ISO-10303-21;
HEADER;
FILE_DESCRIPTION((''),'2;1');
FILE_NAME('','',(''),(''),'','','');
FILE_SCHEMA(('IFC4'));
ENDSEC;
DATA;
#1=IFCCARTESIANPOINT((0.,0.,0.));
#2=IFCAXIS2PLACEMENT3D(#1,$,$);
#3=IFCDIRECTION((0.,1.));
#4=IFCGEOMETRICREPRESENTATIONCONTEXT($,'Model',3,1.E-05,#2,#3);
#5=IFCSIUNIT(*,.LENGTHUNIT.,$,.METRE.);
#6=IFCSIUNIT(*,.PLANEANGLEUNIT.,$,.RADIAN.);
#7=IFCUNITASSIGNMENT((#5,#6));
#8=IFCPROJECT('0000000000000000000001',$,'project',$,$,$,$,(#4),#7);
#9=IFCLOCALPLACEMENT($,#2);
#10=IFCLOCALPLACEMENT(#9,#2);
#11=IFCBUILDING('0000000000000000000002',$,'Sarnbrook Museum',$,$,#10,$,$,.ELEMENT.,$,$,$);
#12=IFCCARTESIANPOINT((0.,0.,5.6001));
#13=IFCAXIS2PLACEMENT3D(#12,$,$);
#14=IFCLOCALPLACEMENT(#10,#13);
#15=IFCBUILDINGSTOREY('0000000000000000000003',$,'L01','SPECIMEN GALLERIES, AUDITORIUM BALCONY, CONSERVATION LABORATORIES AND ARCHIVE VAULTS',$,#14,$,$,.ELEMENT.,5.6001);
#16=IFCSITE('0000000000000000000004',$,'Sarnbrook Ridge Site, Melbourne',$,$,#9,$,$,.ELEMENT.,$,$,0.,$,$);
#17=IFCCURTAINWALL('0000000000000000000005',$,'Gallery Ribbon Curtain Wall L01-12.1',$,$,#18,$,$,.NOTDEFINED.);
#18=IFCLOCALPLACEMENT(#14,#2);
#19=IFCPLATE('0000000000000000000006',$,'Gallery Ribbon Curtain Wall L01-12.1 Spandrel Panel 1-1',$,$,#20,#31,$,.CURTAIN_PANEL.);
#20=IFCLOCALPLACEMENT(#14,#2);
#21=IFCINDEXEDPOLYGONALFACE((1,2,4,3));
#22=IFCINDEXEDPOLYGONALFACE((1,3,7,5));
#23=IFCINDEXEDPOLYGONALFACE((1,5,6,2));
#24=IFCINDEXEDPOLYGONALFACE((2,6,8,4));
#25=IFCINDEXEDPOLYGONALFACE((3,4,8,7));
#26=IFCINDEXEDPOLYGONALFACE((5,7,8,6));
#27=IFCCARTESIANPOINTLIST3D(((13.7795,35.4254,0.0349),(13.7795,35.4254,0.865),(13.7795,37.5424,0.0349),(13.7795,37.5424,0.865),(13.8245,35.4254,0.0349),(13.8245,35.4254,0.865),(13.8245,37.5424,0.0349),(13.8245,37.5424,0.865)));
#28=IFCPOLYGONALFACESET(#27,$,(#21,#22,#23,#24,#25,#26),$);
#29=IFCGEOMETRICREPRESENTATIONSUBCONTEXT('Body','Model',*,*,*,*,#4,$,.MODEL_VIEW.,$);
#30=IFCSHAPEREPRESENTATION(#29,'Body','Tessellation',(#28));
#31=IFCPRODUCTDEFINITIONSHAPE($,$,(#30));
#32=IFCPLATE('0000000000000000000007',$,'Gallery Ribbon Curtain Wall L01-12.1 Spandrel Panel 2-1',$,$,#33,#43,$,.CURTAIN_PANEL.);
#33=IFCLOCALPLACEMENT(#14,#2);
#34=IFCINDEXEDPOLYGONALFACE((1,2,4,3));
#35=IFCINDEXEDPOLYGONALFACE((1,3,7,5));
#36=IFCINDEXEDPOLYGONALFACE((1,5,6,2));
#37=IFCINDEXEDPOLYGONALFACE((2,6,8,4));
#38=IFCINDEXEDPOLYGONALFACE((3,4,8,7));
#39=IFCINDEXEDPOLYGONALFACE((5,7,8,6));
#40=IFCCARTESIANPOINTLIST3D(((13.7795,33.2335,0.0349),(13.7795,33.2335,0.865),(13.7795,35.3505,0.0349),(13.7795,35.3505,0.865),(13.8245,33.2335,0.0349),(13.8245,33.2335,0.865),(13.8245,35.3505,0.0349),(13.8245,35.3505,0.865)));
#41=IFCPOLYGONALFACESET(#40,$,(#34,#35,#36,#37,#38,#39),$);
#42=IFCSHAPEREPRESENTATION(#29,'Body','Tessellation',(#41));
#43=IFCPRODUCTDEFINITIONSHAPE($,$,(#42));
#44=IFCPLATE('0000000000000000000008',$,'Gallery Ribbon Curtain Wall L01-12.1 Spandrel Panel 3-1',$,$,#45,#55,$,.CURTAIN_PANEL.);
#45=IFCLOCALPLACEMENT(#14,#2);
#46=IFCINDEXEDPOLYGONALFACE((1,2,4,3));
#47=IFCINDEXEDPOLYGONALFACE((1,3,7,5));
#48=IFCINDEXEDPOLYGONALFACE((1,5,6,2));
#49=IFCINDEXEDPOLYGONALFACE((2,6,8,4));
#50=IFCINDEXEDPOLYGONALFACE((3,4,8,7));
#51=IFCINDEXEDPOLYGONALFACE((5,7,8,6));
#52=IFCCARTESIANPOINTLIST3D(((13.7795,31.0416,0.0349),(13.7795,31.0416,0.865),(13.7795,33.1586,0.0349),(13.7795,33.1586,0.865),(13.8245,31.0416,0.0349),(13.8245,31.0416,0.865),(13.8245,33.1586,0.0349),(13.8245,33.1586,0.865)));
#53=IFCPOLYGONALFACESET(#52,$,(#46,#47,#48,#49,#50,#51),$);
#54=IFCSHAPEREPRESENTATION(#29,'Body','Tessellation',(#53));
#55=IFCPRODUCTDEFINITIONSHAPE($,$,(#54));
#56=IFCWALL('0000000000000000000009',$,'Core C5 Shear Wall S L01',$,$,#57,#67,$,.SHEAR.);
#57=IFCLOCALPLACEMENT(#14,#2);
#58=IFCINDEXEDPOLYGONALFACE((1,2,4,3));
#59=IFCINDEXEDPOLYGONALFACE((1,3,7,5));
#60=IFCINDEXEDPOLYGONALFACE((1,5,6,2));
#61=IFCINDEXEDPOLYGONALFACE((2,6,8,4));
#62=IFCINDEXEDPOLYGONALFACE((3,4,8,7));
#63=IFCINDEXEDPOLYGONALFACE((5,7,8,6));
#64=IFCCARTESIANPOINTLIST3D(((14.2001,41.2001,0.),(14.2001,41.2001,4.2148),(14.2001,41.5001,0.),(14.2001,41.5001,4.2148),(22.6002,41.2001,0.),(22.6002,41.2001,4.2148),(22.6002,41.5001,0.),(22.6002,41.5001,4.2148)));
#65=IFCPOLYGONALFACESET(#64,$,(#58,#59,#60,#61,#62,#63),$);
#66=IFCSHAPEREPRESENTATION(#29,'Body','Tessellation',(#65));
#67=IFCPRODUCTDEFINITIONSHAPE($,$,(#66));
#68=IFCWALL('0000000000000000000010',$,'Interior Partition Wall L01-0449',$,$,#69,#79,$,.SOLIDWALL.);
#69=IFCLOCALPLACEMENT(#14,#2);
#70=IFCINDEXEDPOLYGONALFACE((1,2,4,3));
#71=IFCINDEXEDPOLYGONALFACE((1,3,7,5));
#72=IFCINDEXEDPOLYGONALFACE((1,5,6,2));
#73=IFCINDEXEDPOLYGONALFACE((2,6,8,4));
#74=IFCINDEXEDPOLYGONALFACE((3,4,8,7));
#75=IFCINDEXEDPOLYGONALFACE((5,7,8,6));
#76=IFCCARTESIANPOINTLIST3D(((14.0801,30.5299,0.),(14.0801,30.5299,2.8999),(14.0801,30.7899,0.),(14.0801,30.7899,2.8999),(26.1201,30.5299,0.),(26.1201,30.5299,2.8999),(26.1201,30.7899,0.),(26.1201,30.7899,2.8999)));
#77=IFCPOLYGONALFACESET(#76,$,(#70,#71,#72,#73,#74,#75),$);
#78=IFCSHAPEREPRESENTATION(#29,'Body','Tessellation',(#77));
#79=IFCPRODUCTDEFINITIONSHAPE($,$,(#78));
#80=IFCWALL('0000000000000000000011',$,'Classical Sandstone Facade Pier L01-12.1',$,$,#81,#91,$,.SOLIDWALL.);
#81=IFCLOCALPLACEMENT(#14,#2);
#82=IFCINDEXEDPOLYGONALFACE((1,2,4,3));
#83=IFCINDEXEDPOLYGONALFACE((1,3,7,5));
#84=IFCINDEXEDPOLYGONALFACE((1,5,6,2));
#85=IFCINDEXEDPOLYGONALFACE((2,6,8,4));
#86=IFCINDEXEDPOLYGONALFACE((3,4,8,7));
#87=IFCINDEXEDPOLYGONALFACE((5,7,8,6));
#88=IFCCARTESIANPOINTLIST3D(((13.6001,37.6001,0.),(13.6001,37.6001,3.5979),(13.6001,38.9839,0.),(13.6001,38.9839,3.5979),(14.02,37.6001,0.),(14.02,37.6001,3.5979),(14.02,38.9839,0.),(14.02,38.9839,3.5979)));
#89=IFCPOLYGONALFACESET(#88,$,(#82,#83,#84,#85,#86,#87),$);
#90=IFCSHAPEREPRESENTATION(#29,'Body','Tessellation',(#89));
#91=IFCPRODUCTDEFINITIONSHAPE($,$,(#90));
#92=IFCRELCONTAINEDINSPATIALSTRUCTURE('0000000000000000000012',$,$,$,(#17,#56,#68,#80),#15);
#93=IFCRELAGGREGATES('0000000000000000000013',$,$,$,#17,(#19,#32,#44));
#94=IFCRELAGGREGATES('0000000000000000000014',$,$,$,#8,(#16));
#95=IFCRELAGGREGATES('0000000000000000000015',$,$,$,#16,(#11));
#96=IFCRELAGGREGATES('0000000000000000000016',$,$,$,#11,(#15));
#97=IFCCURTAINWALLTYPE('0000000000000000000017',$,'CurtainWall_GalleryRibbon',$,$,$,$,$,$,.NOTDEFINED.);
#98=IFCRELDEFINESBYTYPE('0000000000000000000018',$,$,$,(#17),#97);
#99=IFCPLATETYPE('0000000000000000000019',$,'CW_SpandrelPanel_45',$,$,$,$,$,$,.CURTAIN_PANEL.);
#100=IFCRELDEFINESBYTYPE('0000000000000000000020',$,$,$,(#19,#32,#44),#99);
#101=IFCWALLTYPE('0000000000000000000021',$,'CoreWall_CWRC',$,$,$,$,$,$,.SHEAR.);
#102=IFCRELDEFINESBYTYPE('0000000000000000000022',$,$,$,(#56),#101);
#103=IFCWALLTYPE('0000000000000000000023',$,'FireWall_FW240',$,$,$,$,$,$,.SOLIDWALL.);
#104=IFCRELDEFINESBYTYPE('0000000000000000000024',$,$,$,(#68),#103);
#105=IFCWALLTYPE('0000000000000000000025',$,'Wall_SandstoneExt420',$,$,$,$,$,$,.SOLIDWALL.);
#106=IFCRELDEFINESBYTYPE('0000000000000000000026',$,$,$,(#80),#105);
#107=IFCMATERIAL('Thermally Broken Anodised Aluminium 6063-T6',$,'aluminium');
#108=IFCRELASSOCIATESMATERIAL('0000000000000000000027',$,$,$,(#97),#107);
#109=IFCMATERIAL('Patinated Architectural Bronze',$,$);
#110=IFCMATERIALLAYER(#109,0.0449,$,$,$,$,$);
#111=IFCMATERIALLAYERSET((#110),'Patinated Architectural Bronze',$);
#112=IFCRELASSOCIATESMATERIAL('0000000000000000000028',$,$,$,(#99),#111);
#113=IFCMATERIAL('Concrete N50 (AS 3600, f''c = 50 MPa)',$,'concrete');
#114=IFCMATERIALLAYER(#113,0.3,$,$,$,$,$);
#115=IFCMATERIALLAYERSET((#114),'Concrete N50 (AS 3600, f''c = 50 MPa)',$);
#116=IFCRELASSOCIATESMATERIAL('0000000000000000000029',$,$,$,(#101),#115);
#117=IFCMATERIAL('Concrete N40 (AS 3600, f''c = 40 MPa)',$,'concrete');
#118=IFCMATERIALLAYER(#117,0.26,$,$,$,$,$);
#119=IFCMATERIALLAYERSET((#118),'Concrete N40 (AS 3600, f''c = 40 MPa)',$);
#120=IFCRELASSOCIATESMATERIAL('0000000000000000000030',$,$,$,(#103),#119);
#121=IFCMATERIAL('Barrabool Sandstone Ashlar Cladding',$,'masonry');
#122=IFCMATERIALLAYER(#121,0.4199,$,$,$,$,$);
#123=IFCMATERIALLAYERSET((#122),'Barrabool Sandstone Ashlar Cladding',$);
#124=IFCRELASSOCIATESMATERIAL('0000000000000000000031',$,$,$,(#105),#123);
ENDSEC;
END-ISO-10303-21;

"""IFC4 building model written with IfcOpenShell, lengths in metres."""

from ifc_helpers import new_model, si_unit, direction, frame, frame_2d, origin, origin_2d, place, context, subcontext, project, spatial, rectangle, extrude, material, layer, layer_set, type_object, element, aggregate, save


model = new_model("IFC4")

# Units and contexts
model_context = context("Model", 3, precision=1e-05, world=origin(), true_north=direction((0.0, 1.0)))
body_context = subcontext(model_context, "Body", "Model", "MODEL_VIEW")
ifc_project = project(units=[si_unit("LENGTHUNIT", "METRE"), si_unit("PLANEANGLEUNIT", "RADIAN")], contexts=[model_context])

# Site, building, storey
site_placement = place(None, origin())
site = spatial("IfcSite", under=ifc_project, at=site_placement, Name="Sarnbrook Ridge Site, Melbourne", CompositionType="ELEMENT", RefElevation=0.0)
building_placement = place(site_placement, origin())
building = spatial("IfcBuilding", under=site, at=building_placement, Name="Sarnbrook Museum", CompositionType="ELEMENT")
storey_placement = place(building_placement, frame((0.0, 0.0, 5.6001)))
storey = spatial("IfcBuildingStorey", under=building, at=storey_placement, Name="L01", Description="SPECIMEN GALLERIES, AUDITORIUM BALCONY, CONSERVATION LABORATORIES AND ARCHIVE VAULTS", CompositionType="ELEMENT", Elevation=5.6001)

# Curtain wall, plates
ifc_material_1 = material(Name="Thermally Broken Anodised Aluminium 6063-T6", Category="aluminium")
curtain_wall_type = type_object("IfcCurtainWallType", Name="CurtainWall_GalleryRibbon", PredefinedType="NOTDEFINED", material=ifc_material_1)
curtain_wall_placement = place(storey_placement, origin())
curtain_wall = element("IfcCurtainWall", 1, at=curtain_wall_placement, inside=storey, type_object=curtain_wall_type, Name="Gallery Ribbon Curtain Wall L01-12.1", PredefinedType="NOTDEFINED")
ifc_material_2 = material(Name="Patinated Architectural Bronze")
ifc_layer_1 = layer(ifc_material_2, 0.0449)
ifc_layer_set_1 = layer_set([ifc_layer_1], Name="Patinated Architectural Bronze")
plate_type_1 = type_object("IfcPlateType", Name="CW_SpandrelPanel_45", PredefinedType="CURTAIN_PANEL", material=ifc_layer_set_1)
plate_1_placement = place(storey_placement, frame((13.8245, 36.4839, 0.45), z_axis=(-1.0, 0.0, 0.0), x_axis=(0.0, -1.0, 0.0)))
plate_1 = element("IfcPlate", 2, at=plate_1_placement, type_object=plate_type_1, Name="Gallery Ribbon Curtain Wall L01-12.1 Spandrel Panel 1-1", PredefinedType="CURTAIN_PANEL", context=body_context, shape_type="SweptSolid", body=[
    extrude(rectangle(XDim=2.1169, YDim=0.8301, at=origin_2d()), origin(), (0.0, 0.0, 1.0), 0.0449),
])
plate_2_placement = place(storey_placement, frame((13.8245, 34.292, 0.45), z_axis=(-1.0, 0.0, 0.0), x_axis=(0.0, -1.0, 0.0)))
plate_2 = element("IfcPlate", 3, at=plate_2_placement, type_object=plate_type_1, Name="Gallery Ribbon Curtain Wall L01-12.1 Spandrel Panel 2-1", PredefinedType="CURTAIN_PANEL", context=body_context, shape_type="SweptSolid", body=[
    extrude(rectangle(XDim=2.1169, YDim=0.8301, at=origin_2d()), origin(), (0.0, 0.0, 1.0), 0.0449),
])
plate_3_placement = place(storey_placement, frame((13.8245, 32.1001, 0.45), z_axis=(-1.0, 0.0, 0.0), x_axis=(0.0, -1.0, 0.0)))
plate_3 = element("IfcPlate", 4, at=plate_3_placement, type_object=plate_type_1, Name="Gallery Ribbon Curtain Wall L01-12.1 Spandrel Panel 3-1", PredefinedType="CURTAIN_PANEL", context=body_context, shape_type="SweptSolid", body=[
    extrude(rectangle(XDim=2.1169, YDim=0.8301, at=origin_2d()), origin(), (0.0, 0.0, 1.0), 0.0449),
])
aggregate(curtain_wall, [plate_1, plate_2, plate_3])

# Walls
ifc_material_3 = material(Name="Concrete N50 (AS 3600, f'c = 50 MPa)", Category="concrete")
ifc_layer_2 = layer(ifc_material_3, 0.3)
ifc_layer_set_2 = layer_set([ifc_layer_2], Name="Concrete N50 (AS 3600, f'c = 50 MPa)")
wall_type_1 = type_object("IfcWallType", Name="CoreWall_CWRC", PredefinedType="SHEAR", material=ifc_layer_set_2)
wall_1_placement = place(storey_placement, frame((14.2, 41.3501, 0.0), z_axis=(0.0, 0.0, 1.0), x_axis=(1.0, 0.0, 0.0)))
element("IfcWall", 5, at=wall_1_placement, inside=storey, type_object=wall_type_1, Name="Core C5 Shear Wall S L01", PredefinedType="SHEAR", context=body_context, shape_type="SweptSolid", body=[
    extrude(rectangle(XDim=8.4001, YDim=0.3, at=frame_2d((4.2002, 0.0))), origin(), (0.0, 0.0, 1.0), 4.2148),
])
ifc_material_4 = material(Name="Concrete N40 (AS 3600, f'c = 40 MPa)", Category="concrete")
ifc_layer_3 = layer(ifc_material_4, 0.26)
ifc_layer_set_3 = layer_set([ifc_layer_3], Name="Concrete N40 (AS 3600, f'c = 40 MPa)")
wall_type_2 = type_object("IfcWallType", Name="FireWall_FW240", PredefinedType="SOLIDWALL", material=ifc_layer_set_3)
wall_2_placement = place(storey_placement, frame((14.0801, 30.6599, 0.0), z_axis=(0.0, 0.0, 1.0), x_axis=(1.0, 0.0, 0.0)))
element("IfcWall", 6, at=wall_2_placement, inside=storey, type_object=wall_type_2, Name="Interior Partition Wall L01-0449", PredefinedType="SOLIDWALL", context=body_context, shape_type="SweptSolid", body=[
    extrude(rectangle(XDim=12.04, YDim=0.26, at=frame_2d((6.02, 0.0))), origin(), (0.0, 0.0, 1.0), 2.8999),
])
ifc_material_5 = material(Name="Barrabool Sandstone Ashlar Cladding", Category="masonry")
ifc_layer_4 = layer(ifc_material_5, 0.4199)
ifc_layer_set_4 = layer_set([ifc_layer_4], Name="Barrabool Sandstone Ashlar Cladding")
wall_type_3 = type_object("IfcWallType", Name="Wall_SandstoneExt420", PredefinedType="SOLIDWALL", material=ifc_layer_set_4)
wall_3_placement = place(storey_placement, frame((13.8101, 38.9839, 0.0), z_axis=(0.0, 0.0, 1.0), x_axis=(0.0, -1.0, 0.0)))
element("IfcWall", 7, at=wall_3_placement, inside=storey, type_object=wall_type_3, Name="Classical Sandstone Facade Pier L01-12.1", PredefinedType="SOLIDWALL", context=body_context, shape_type="SweptSolid", body=[
    extrude(rectangle(XDim=1.3838, YDim=0.4199, at=frame_2d((0.6919, 0.0))), origin(), (0.0, 0.0, 1.0), 3.5979),
])

save(model, "model.ifc")
